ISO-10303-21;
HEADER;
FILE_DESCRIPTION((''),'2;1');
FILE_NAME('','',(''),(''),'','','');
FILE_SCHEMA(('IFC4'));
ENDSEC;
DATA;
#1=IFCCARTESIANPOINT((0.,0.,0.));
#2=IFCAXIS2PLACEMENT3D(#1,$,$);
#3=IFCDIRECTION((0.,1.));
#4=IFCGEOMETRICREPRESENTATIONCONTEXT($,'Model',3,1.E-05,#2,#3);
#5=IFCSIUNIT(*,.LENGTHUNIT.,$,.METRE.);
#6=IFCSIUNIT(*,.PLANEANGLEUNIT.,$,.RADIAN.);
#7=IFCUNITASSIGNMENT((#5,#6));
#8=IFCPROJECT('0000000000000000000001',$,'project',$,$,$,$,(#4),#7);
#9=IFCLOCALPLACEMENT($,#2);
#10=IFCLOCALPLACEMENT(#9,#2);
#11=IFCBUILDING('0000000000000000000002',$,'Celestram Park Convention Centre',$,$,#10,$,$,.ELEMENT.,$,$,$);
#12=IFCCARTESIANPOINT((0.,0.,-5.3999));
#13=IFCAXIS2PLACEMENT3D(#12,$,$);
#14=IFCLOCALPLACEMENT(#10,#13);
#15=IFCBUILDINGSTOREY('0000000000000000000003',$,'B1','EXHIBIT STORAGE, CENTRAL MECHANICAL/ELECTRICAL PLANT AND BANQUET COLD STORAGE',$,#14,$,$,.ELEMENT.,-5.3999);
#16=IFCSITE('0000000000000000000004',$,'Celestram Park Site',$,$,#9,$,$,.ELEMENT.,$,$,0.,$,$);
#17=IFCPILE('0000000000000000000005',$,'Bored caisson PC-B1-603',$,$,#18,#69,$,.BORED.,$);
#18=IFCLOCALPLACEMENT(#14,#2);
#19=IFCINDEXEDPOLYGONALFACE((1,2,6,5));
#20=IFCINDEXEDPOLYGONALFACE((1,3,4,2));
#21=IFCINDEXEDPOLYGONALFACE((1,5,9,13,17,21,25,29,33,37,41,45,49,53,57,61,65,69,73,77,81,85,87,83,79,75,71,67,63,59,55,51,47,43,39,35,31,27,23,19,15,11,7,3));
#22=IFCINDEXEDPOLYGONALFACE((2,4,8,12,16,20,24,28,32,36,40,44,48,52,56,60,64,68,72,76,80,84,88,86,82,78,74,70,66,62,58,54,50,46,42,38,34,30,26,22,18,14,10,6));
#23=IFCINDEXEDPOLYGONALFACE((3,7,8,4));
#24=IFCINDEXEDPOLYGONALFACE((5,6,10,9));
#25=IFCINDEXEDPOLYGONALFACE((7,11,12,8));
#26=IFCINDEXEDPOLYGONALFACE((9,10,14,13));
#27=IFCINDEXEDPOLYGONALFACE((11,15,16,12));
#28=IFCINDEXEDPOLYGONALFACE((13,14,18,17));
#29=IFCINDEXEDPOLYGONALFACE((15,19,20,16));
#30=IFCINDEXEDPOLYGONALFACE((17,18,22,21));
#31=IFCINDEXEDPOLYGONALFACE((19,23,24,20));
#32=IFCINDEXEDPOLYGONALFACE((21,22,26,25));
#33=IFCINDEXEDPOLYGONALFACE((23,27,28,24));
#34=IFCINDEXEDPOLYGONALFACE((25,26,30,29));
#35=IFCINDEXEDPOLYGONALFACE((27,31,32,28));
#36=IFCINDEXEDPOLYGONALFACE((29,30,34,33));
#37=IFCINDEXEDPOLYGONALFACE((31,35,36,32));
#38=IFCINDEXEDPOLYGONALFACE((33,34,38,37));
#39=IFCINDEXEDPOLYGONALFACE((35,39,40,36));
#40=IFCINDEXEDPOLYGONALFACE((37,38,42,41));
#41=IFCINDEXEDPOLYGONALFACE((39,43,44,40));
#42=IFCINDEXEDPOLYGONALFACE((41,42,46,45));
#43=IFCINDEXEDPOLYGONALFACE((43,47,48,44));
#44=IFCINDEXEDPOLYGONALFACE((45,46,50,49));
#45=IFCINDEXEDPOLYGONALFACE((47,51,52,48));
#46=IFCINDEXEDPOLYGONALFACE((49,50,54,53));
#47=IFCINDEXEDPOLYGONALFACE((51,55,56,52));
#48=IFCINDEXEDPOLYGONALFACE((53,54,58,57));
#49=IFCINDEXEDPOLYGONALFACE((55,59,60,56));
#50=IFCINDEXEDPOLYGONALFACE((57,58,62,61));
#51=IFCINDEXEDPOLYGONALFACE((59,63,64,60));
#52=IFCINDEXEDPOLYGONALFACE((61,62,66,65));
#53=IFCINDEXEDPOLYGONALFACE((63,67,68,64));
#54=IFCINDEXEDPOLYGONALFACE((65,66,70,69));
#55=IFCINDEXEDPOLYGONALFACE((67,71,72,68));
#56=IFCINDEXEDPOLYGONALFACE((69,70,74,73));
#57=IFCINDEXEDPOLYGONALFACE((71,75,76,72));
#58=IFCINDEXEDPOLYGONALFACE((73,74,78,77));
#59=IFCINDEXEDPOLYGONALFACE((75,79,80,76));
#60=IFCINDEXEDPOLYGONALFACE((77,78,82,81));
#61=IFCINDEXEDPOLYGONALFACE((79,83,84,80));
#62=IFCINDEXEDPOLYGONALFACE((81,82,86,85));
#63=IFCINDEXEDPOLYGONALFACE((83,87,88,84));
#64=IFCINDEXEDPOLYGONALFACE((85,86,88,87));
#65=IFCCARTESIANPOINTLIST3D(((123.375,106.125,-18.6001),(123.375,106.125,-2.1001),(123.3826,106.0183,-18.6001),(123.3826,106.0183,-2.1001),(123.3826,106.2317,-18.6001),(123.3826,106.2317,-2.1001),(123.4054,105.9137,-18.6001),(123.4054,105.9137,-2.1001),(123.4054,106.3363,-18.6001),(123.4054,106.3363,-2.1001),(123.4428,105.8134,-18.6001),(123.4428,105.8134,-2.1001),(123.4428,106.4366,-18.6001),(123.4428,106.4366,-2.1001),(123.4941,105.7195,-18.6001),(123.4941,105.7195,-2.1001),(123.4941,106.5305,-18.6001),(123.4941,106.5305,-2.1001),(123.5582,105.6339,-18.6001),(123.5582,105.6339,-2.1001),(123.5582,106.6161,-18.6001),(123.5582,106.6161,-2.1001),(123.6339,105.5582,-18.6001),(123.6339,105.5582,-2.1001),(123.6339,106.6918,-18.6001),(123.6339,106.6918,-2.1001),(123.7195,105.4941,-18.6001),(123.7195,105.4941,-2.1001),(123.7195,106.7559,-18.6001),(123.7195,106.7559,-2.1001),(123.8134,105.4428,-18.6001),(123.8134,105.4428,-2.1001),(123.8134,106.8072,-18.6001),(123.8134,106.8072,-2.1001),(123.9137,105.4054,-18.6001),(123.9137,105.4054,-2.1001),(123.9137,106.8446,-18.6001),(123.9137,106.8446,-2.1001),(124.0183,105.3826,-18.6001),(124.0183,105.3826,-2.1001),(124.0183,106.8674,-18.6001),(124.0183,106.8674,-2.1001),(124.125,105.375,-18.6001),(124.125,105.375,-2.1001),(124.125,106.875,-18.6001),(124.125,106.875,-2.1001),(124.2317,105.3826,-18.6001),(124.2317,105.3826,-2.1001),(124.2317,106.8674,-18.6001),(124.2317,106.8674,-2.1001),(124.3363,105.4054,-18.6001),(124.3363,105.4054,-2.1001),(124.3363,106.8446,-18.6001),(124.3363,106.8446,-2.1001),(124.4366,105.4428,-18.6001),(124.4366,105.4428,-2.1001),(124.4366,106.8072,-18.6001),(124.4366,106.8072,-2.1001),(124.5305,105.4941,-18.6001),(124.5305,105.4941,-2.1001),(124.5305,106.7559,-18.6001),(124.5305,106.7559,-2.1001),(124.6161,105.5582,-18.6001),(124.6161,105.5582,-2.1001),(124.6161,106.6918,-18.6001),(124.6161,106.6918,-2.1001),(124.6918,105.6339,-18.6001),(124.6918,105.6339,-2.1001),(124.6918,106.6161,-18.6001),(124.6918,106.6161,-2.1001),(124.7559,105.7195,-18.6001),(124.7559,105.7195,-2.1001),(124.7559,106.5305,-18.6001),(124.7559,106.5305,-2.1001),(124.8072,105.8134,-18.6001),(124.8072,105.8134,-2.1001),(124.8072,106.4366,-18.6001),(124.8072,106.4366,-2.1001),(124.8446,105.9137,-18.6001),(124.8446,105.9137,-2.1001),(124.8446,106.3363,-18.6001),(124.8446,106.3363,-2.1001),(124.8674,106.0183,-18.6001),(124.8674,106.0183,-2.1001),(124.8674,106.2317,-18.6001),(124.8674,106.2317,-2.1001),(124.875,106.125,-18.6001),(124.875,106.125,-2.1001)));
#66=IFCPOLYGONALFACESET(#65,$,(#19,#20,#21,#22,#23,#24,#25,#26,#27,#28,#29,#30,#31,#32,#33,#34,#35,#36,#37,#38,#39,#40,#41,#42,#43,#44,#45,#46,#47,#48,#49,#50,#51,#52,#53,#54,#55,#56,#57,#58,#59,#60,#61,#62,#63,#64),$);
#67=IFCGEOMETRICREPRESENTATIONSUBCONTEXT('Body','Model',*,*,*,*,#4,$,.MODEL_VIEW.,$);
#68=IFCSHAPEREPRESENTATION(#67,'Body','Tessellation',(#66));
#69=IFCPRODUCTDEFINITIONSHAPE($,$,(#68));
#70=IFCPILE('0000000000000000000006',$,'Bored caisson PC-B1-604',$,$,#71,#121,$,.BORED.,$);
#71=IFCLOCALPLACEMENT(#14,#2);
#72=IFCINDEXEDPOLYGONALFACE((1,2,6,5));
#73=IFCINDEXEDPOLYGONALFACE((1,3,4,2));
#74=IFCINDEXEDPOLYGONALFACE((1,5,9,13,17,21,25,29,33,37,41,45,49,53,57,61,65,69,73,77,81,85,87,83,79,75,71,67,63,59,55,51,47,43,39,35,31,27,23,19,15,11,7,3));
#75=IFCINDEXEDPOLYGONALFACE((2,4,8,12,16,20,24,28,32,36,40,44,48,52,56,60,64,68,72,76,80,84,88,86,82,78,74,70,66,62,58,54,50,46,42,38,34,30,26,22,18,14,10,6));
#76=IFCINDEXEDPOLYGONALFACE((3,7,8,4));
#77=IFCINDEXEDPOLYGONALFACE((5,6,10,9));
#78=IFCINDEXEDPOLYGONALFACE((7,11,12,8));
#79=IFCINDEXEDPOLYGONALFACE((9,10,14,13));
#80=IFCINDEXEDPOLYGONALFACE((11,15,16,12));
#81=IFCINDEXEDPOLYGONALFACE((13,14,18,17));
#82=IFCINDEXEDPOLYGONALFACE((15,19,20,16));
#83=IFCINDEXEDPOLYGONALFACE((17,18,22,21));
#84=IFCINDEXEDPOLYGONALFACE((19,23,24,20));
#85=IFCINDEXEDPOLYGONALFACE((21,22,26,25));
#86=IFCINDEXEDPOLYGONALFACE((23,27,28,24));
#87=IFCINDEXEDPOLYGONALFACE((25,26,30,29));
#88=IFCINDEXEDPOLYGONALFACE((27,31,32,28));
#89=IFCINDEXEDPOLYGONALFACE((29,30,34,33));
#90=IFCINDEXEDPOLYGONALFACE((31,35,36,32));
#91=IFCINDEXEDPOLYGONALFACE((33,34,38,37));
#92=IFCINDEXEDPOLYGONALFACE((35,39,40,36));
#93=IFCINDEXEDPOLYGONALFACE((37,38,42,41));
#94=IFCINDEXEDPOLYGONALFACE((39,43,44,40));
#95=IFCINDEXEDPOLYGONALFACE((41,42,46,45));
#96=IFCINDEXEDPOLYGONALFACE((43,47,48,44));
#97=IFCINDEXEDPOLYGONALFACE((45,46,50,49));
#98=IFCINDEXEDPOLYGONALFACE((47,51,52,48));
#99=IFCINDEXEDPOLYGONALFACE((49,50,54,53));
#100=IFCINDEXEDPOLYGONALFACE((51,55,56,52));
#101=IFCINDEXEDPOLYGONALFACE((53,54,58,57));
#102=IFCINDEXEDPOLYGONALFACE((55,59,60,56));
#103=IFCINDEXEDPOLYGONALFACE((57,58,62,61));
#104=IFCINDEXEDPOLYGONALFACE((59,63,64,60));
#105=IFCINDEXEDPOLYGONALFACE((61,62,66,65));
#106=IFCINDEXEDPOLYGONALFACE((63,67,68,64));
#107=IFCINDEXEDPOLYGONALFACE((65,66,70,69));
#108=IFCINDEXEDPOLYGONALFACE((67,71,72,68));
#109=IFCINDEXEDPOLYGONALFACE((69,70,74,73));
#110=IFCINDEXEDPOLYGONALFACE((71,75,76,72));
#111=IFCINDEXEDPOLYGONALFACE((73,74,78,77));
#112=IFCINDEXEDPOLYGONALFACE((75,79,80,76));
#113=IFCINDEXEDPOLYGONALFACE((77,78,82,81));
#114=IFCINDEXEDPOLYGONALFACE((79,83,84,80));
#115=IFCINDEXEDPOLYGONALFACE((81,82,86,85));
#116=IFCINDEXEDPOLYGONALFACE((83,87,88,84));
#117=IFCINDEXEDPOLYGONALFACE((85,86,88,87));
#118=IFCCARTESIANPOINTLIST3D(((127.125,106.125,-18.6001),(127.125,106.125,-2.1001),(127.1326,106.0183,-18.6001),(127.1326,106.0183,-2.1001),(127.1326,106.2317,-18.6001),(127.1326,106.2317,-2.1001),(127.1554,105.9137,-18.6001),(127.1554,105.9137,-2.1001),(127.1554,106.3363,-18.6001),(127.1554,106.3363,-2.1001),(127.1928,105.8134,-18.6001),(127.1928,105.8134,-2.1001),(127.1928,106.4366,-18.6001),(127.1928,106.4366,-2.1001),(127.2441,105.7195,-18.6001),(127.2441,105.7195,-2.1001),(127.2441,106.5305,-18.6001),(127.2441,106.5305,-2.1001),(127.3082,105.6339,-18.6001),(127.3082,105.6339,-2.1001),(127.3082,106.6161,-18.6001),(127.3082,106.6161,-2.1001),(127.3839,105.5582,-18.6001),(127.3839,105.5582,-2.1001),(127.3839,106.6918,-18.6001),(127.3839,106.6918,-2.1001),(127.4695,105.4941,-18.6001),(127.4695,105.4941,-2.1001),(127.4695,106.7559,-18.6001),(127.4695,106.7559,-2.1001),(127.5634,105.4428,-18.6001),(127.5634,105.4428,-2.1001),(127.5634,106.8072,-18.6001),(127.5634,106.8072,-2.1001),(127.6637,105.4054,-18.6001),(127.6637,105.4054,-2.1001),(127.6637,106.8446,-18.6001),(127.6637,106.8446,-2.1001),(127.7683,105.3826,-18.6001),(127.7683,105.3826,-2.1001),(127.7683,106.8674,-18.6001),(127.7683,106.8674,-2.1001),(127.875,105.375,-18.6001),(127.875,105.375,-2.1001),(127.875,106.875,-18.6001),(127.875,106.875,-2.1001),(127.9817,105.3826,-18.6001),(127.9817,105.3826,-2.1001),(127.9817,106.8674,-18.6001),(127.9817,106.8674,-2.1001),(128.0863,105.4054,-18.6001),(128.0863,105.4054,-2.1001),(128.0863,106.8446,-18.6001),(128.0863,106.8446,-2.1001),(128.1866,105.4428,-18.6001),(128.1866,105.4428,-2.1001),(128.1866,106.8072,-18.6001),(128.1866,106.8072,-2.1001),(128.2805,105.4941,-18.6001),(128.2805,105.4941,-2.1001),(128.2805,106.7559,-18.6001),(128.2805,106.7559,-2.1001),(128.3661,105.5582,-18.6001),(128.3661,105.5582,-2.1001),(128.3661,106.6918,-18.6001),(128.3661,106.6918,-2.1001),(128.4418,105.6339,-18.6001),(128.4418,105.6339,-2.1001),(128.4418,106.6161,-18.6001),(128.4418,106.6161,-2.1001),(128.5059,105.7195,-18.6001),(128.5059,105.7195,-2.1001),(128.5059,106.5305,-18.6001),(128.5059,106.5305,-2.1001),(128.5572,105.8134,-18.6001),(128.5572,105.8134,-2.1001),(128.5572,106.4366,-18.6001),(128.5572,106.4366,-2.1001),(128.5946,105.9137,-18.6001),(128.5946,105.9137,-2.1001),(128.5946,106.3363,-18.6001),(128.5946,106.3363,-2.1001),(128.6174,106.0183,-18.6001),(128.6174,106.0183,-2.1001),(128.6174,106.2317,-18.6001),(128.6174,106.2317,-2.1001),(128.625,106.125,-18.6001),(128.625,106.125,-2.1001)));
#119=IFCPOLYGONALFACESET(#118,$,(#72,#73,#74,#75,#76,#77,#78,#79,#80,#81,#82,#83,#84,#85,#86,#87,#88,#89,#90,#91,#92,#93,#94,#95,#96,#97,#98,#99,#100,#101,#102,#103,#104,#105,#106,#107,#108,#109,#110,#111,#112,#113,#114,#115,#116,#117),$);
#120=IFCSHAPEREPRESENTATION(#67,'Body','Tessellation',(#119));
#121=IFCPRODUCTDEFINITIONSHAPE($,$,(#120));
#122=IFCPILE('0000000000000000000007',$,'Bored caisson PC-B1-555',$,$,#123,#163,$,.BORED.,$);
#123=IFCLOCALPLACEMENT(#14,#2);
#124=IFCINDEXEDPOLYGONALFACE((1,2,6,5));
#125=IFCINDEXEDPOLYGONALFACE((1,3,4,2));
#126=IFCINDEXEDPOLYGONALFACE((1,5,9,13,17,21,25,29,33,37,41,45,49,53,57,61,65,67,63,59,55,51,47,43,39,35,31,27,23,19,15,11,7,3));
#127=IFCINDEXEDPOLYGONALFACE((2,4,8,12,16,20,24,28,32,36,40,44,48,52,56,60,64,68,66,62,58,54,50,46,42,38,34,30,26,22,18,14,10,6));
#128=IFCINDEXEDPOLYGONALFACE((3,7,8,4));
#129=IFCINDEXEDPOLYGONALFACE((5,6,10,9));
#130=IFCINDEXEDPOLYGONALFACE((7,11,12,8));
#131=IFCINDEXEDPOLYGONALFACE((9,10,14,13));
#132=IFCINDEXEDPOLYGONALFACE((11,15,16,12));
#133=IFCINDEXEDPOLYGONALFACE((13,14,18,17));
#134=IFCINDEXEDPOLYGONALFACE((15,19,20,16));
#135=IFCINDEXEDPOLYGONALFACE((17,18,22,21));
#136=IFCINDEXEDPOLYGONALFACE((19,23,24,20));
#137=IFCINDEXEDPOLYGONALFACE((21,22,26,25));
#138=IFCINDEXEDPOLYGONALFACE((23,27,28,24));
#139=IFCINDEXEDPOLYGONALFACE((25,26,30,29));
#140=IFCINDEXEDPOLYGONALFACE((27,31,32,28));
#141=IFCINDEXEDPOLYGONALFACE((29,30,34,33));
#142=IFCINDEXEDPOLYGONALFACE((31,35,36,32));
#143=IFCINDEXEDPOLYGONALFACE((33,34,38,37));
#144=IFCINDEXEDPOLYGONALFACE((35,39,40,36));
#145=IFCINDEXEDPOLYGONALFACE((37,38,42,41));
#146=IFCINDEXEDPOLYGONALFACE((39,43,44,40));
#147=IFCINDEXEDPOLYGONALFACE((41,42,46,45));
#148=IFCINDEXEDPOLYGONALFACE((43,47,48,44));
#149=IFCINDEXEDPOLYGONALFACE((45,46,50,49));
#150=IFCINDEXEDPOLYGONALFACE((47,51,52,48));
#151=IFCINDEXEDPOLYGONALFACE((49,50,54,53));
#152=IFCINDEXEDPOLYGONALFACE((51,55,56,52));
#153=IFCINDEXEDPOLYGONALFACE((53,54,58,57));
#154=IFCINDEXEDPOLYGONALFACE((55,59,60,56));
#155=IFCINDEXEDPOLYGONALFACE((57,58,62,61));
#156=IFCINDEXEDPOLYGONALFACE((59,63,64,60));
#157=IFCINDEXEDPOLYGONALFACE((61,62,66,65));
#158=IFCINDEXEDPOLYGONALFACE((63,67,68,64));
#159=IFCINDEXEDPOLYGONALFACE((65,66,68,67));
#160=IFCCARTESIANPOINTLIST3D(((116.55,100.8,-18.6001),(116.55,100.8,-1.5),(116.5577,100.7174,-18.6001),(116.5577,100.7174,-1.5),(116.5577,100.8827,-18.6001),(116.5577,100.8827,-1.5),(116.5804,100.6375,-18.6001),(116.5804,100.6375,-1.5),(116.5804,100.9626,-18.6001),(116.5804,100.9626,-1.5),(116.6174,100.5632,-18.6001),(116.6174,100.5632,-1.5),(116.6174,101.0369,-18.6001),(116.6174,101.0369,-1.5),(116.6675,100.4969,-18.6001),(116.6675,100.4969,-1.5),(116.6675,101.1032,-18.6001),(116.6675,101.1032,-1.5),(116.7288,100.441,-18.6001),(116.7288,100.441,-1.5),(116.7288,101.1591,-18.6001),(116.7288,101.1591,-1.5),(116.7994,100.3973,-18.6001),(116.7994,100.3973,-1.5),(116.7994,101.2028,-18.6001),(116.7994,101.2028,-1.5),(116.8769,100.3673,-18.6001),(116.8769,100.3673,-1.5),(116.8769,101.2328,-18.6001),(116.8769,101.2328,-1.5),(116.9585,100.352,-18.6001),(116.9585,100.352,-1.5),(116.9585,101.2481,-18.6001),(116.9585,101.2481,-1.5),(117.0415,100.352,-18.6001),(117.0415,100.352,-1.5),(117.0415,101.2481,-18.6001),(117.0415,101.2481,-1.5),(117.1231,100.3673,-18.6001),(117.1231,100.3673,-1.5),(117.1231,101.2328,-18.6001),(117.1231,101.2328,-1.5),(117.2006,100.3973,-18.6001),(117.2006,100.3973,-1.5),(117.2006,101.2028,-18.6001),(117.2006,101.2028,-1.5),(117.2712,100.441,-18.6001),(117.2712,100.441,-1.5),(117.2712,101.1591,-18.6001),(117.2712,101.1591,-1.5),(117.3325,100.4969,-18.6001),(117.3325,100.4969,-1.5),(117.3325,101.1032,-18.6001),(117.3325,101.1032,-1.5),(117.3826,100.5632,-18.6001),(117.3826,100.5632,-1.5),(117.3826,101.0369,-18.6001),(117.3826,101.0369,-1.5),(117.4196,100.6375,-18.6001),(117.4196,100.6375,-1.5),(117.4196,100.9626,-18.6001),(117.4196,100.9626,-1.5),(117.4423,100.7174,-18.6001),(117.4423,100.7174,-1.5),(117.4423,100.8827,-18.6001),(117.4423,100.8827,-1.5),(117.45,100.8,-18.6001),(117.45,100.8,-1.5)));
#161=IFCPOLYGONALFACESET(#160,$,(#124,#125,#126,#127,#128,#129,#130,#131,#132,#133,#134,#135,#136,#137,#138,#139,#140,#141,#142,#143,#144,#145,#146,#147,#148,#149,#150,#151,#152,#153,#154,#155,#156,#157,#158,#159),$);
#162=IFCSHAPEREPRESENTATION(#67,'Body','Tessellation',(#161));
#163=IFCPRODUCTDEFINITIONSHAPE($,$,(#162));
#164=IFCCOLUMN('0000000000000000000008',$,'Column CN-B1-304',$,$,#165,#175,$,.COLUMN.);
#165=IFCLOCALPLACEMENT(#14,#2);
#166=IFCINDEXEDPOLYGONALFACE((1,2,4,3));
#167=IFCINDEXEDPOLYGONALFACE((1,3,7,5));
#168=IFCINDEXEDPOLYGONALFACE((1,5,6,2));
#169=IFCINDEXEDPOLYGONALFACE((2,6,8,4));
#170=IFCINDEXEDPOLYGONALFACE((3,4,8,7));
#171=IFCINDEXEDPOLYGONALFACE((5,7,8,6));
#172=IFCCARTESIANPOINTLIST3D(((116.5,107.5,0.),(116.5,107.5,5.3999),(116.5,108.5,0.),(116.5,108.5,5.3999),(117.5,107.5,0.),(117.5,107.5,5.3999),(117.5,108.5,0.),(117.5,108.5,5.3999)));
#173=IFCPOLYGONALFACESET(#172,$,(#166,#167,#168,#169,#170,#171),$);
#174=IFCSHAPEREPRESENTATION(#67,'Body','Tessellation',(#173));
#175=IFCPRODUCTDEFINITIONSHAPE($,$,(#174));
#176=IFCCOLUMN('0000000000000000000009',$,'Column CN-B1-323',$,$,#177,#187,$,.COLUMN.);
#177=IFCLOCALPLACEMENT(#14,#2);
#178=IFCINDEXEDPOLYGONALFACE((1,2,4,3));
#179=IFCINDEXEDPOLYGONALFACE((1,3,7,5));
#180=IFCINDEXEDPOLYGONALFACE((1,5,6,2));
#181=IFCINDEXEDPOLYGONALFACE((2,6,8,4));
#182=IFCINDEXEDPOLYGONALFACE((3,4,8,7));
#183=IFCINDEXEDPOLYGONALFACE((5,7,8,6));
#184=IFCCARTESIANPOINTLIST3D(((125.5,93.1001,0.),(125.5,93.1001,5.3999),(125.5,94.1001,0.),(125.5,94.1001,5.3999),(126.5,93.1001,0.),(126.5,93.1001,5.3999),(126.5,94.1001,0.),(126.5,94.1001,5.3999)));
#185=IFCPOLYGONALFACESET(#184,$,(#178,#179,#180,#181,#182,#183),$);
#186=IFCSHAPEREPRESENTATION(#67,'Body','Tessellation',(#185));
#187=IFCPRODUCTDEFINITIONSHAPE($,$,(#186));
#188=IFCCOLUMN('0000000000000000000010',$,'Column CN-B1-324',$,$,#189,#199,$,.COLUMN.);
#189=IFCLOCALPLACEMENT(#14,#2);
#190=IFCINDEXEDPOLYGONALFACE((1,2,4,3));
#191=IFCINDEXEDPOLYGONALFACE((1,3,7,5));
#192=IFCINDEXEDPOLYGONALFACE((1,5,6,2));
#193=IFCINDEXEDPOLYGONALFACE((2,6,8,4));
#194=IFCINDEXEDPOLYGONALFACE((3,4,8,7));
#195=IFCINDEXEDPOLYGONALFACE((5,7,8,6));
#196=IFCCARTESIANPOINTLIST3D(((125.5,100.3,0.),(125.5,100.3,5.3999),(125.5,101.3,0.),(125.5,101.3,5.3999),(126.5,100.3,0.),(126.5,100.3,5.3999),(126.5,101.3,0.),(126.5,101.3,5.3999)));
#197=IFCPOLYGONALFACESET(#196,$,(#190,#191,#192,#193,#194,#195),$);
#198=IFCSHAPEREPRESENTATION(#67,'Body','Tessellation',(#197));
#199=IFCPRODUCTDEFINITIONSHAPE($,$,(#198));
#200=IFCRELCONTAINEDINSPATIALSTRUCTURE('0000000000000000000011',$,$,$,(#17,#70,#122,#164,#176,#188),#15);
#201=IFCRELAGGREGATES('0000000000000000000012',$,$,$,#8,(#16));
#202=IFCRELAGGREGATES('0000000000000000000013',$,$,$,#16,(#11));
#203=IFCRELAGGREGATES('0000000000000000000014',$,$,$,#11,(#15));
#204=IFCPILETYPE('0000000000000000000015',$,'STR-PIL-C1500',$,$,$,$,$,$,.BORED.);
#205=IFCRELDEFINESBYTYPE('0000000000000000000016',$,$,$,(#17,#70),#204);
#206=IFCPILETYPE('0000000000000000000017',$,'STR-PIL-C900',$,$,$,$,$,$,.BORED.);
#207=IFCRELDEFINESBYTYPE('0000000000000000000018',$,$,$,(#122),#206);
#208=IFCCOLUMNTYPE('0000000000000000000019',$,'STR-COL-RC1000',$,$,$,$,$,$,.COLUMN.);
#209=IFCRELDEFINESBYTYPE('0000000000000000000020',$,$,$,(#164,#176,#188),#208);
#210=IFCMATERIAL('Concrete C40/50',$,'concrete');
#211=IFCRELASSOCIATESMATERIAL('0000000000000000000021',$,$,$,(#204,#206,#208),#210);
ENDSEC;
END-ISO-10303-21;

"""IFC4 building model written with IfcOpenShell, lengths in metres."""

from ifc_helpers import new_model, si_unit, direction, frame, origin, origin_2d, place, context, subcontext, project, spatial, rectangle, circle, extrude, material, material_profile, profile_set, type_object, element, save


model = new_model("IFC4")

# Units and contexts
model_context = context("Model", 3, precision=1e-05, world=origin(), true_north=direction((0.0, 1.0)))
body_context = subcontext(model_context, "Body", "Model", "MODEL_VIEW")
ifc_project = project(units=[si_unit("LENGTHUNIT", "METRE"), si_unit("PLANEANGLEUNIT", "RADIAN")], contexts=[model_context])

# Site, building, storey
site_placement = place(None, origin())
site = spatial("IfcSite", under=ifc_project, at=site_placement, Name="Celestram Park Site", CompositionType="ELEMENT", RefElevation=0.0)
building_placement = place(site_placement, origin())
building = spatial("IfcBuilding", under=site, at=building_placement, Name="Celestram Park Convention Centre", CompositionType="ELEMENT")
storey_placement = place(building_placement, frame((0.0, 0.0, -5.3999)))
storey = spatial("IfcBuildingStorey", under=building, at=storey_placement, Name="B1", Description="EXHIBIT STORAGE, CENTRAL MECHANICAL/ELECTRICAL PLANT AND BANQUET COLD STORAGE", CompositionType="ELEMENT", Elevation=-5.3999)

# Shared definitions
ifc_material_1 = material(Name="Concrete C40/50", Category="concrete")

# Piles
ifc_material_profile_1 = material_profile(ifc_material_1, circle(Radius=0.75, at=origin_2d()), Name="CAISSON1500")
ifc_profile_set_1 = profile_set([ifc_material_profile_1], Name="Concrete C40/50")
pile_type_1 = type_object("IfcPileType", Name="STR-PIL-C1500", PredefinedType="BORED", material=ifc_profile_set_1)
for number, where, z_axis, x_axis, name in (
    (1, (124.125, 106.125, -2.1001), (0.0, 0.0, -1.0), (1.0, 0.0, 0.0), "Bored caisson PC-B1-603"),
    (2, (127.875, 106.125, -2.1001), (0.0, 0.0, -1.0), (1.0, 0.0, 0.0), "Bored caisson PC-B1-604"),
):
    element("IfcPile", number, at=place(storey_placement, frame(where, z_axis=z_axis, x_axis=x_axis)), inside=storey, type_object=pile_type_1, Name=name, PredefinedType="BORED", context=body_context, shape_type="SweptSolid", body=[
        extrude(circle(Radius=0.75, at=origin_2d()), origin(), (0.0, 0.0, 1.0), 16.5),
    ])
ifc_material_profile_2 = material_profile(ifc_material_1, circle(Radius=0.45, at=origin_2d()), Name="CAISSON900")
ifc_profile_set_2 = profile_set([ifc_material_profile_2], Name="Concrete C40/50")
pile_type_2 = type_object("IfcPileType", Name="STR-PIL-C900", PredefinedType="BORED", material=ifc_profile_set_2)
pile_1_placement = place(storey_placement, frame((117.0, 100.8, -1.5), z_axis=(0.0, 0.0, -1.0), x_axis=(1.0, 0.0, 0.0)))
element("IfcPile", 3, at=pile_1_placement, inside=storey, type_object=pile_type_2, Name="Bored caisson PC-B1-555", PredefinedType="BORED", context=body_context, shape_type="SweptSolid", body=[
    extrude(circle(Radius=0.45, at=origin_2d()), origin(), (0.0, 0.0, 1.0), 17.1001),
])

# Columns
ifc_material_profile_3 = material_profile(ifc_material_1, rectangle(XDim=1.0, YDim=1.0, at=origin_2d()), Name="RC1000X1000")
ifc_profile_set_3 = profile_set([ifc_material_profile_3], Name="Concrete C40/50")
column_type_1 = type_object("IfcColumnType", Name="STR-COL-RC1000", PredefinedType="COLUMN", material=ifc_profile_set_3)
for number, where, z_axis, x_axis, name in (
    (4, (117.0, 108.0, 0.0), (0.0, 0.0, 1.0), (1.0, 0.0, 0.0), "Column CN-B1-304"),
    (5, (126.0, 93.6001, 0.0), (0.0, 0.0, 1.0), (1.0, 0.0, 0.0), "Column CN-B1-323"),
    (6, (126.0, 100.8, 0.0), (0.0, 0.0, 1.0), (1.0, 0.0, 0.0), "Column CN-B1-324"),
):
    element("IfcColumn", number, at=place(storey_placement, frame(where, z_axis=z_axis, x_axis=x_axis)), inside=storey, type_object=column_type_1, Name=name, PredefinedType="COLUMN", context=body_context, shape_type="SweptSolid", body=[
        extrude(rectangle(XDim=1.0, YDim=1.0, at=origin_2d()), origin(), (0.0, 0.0, 1.0), 5.3999),
    ])

save(model, "model.ifc")
